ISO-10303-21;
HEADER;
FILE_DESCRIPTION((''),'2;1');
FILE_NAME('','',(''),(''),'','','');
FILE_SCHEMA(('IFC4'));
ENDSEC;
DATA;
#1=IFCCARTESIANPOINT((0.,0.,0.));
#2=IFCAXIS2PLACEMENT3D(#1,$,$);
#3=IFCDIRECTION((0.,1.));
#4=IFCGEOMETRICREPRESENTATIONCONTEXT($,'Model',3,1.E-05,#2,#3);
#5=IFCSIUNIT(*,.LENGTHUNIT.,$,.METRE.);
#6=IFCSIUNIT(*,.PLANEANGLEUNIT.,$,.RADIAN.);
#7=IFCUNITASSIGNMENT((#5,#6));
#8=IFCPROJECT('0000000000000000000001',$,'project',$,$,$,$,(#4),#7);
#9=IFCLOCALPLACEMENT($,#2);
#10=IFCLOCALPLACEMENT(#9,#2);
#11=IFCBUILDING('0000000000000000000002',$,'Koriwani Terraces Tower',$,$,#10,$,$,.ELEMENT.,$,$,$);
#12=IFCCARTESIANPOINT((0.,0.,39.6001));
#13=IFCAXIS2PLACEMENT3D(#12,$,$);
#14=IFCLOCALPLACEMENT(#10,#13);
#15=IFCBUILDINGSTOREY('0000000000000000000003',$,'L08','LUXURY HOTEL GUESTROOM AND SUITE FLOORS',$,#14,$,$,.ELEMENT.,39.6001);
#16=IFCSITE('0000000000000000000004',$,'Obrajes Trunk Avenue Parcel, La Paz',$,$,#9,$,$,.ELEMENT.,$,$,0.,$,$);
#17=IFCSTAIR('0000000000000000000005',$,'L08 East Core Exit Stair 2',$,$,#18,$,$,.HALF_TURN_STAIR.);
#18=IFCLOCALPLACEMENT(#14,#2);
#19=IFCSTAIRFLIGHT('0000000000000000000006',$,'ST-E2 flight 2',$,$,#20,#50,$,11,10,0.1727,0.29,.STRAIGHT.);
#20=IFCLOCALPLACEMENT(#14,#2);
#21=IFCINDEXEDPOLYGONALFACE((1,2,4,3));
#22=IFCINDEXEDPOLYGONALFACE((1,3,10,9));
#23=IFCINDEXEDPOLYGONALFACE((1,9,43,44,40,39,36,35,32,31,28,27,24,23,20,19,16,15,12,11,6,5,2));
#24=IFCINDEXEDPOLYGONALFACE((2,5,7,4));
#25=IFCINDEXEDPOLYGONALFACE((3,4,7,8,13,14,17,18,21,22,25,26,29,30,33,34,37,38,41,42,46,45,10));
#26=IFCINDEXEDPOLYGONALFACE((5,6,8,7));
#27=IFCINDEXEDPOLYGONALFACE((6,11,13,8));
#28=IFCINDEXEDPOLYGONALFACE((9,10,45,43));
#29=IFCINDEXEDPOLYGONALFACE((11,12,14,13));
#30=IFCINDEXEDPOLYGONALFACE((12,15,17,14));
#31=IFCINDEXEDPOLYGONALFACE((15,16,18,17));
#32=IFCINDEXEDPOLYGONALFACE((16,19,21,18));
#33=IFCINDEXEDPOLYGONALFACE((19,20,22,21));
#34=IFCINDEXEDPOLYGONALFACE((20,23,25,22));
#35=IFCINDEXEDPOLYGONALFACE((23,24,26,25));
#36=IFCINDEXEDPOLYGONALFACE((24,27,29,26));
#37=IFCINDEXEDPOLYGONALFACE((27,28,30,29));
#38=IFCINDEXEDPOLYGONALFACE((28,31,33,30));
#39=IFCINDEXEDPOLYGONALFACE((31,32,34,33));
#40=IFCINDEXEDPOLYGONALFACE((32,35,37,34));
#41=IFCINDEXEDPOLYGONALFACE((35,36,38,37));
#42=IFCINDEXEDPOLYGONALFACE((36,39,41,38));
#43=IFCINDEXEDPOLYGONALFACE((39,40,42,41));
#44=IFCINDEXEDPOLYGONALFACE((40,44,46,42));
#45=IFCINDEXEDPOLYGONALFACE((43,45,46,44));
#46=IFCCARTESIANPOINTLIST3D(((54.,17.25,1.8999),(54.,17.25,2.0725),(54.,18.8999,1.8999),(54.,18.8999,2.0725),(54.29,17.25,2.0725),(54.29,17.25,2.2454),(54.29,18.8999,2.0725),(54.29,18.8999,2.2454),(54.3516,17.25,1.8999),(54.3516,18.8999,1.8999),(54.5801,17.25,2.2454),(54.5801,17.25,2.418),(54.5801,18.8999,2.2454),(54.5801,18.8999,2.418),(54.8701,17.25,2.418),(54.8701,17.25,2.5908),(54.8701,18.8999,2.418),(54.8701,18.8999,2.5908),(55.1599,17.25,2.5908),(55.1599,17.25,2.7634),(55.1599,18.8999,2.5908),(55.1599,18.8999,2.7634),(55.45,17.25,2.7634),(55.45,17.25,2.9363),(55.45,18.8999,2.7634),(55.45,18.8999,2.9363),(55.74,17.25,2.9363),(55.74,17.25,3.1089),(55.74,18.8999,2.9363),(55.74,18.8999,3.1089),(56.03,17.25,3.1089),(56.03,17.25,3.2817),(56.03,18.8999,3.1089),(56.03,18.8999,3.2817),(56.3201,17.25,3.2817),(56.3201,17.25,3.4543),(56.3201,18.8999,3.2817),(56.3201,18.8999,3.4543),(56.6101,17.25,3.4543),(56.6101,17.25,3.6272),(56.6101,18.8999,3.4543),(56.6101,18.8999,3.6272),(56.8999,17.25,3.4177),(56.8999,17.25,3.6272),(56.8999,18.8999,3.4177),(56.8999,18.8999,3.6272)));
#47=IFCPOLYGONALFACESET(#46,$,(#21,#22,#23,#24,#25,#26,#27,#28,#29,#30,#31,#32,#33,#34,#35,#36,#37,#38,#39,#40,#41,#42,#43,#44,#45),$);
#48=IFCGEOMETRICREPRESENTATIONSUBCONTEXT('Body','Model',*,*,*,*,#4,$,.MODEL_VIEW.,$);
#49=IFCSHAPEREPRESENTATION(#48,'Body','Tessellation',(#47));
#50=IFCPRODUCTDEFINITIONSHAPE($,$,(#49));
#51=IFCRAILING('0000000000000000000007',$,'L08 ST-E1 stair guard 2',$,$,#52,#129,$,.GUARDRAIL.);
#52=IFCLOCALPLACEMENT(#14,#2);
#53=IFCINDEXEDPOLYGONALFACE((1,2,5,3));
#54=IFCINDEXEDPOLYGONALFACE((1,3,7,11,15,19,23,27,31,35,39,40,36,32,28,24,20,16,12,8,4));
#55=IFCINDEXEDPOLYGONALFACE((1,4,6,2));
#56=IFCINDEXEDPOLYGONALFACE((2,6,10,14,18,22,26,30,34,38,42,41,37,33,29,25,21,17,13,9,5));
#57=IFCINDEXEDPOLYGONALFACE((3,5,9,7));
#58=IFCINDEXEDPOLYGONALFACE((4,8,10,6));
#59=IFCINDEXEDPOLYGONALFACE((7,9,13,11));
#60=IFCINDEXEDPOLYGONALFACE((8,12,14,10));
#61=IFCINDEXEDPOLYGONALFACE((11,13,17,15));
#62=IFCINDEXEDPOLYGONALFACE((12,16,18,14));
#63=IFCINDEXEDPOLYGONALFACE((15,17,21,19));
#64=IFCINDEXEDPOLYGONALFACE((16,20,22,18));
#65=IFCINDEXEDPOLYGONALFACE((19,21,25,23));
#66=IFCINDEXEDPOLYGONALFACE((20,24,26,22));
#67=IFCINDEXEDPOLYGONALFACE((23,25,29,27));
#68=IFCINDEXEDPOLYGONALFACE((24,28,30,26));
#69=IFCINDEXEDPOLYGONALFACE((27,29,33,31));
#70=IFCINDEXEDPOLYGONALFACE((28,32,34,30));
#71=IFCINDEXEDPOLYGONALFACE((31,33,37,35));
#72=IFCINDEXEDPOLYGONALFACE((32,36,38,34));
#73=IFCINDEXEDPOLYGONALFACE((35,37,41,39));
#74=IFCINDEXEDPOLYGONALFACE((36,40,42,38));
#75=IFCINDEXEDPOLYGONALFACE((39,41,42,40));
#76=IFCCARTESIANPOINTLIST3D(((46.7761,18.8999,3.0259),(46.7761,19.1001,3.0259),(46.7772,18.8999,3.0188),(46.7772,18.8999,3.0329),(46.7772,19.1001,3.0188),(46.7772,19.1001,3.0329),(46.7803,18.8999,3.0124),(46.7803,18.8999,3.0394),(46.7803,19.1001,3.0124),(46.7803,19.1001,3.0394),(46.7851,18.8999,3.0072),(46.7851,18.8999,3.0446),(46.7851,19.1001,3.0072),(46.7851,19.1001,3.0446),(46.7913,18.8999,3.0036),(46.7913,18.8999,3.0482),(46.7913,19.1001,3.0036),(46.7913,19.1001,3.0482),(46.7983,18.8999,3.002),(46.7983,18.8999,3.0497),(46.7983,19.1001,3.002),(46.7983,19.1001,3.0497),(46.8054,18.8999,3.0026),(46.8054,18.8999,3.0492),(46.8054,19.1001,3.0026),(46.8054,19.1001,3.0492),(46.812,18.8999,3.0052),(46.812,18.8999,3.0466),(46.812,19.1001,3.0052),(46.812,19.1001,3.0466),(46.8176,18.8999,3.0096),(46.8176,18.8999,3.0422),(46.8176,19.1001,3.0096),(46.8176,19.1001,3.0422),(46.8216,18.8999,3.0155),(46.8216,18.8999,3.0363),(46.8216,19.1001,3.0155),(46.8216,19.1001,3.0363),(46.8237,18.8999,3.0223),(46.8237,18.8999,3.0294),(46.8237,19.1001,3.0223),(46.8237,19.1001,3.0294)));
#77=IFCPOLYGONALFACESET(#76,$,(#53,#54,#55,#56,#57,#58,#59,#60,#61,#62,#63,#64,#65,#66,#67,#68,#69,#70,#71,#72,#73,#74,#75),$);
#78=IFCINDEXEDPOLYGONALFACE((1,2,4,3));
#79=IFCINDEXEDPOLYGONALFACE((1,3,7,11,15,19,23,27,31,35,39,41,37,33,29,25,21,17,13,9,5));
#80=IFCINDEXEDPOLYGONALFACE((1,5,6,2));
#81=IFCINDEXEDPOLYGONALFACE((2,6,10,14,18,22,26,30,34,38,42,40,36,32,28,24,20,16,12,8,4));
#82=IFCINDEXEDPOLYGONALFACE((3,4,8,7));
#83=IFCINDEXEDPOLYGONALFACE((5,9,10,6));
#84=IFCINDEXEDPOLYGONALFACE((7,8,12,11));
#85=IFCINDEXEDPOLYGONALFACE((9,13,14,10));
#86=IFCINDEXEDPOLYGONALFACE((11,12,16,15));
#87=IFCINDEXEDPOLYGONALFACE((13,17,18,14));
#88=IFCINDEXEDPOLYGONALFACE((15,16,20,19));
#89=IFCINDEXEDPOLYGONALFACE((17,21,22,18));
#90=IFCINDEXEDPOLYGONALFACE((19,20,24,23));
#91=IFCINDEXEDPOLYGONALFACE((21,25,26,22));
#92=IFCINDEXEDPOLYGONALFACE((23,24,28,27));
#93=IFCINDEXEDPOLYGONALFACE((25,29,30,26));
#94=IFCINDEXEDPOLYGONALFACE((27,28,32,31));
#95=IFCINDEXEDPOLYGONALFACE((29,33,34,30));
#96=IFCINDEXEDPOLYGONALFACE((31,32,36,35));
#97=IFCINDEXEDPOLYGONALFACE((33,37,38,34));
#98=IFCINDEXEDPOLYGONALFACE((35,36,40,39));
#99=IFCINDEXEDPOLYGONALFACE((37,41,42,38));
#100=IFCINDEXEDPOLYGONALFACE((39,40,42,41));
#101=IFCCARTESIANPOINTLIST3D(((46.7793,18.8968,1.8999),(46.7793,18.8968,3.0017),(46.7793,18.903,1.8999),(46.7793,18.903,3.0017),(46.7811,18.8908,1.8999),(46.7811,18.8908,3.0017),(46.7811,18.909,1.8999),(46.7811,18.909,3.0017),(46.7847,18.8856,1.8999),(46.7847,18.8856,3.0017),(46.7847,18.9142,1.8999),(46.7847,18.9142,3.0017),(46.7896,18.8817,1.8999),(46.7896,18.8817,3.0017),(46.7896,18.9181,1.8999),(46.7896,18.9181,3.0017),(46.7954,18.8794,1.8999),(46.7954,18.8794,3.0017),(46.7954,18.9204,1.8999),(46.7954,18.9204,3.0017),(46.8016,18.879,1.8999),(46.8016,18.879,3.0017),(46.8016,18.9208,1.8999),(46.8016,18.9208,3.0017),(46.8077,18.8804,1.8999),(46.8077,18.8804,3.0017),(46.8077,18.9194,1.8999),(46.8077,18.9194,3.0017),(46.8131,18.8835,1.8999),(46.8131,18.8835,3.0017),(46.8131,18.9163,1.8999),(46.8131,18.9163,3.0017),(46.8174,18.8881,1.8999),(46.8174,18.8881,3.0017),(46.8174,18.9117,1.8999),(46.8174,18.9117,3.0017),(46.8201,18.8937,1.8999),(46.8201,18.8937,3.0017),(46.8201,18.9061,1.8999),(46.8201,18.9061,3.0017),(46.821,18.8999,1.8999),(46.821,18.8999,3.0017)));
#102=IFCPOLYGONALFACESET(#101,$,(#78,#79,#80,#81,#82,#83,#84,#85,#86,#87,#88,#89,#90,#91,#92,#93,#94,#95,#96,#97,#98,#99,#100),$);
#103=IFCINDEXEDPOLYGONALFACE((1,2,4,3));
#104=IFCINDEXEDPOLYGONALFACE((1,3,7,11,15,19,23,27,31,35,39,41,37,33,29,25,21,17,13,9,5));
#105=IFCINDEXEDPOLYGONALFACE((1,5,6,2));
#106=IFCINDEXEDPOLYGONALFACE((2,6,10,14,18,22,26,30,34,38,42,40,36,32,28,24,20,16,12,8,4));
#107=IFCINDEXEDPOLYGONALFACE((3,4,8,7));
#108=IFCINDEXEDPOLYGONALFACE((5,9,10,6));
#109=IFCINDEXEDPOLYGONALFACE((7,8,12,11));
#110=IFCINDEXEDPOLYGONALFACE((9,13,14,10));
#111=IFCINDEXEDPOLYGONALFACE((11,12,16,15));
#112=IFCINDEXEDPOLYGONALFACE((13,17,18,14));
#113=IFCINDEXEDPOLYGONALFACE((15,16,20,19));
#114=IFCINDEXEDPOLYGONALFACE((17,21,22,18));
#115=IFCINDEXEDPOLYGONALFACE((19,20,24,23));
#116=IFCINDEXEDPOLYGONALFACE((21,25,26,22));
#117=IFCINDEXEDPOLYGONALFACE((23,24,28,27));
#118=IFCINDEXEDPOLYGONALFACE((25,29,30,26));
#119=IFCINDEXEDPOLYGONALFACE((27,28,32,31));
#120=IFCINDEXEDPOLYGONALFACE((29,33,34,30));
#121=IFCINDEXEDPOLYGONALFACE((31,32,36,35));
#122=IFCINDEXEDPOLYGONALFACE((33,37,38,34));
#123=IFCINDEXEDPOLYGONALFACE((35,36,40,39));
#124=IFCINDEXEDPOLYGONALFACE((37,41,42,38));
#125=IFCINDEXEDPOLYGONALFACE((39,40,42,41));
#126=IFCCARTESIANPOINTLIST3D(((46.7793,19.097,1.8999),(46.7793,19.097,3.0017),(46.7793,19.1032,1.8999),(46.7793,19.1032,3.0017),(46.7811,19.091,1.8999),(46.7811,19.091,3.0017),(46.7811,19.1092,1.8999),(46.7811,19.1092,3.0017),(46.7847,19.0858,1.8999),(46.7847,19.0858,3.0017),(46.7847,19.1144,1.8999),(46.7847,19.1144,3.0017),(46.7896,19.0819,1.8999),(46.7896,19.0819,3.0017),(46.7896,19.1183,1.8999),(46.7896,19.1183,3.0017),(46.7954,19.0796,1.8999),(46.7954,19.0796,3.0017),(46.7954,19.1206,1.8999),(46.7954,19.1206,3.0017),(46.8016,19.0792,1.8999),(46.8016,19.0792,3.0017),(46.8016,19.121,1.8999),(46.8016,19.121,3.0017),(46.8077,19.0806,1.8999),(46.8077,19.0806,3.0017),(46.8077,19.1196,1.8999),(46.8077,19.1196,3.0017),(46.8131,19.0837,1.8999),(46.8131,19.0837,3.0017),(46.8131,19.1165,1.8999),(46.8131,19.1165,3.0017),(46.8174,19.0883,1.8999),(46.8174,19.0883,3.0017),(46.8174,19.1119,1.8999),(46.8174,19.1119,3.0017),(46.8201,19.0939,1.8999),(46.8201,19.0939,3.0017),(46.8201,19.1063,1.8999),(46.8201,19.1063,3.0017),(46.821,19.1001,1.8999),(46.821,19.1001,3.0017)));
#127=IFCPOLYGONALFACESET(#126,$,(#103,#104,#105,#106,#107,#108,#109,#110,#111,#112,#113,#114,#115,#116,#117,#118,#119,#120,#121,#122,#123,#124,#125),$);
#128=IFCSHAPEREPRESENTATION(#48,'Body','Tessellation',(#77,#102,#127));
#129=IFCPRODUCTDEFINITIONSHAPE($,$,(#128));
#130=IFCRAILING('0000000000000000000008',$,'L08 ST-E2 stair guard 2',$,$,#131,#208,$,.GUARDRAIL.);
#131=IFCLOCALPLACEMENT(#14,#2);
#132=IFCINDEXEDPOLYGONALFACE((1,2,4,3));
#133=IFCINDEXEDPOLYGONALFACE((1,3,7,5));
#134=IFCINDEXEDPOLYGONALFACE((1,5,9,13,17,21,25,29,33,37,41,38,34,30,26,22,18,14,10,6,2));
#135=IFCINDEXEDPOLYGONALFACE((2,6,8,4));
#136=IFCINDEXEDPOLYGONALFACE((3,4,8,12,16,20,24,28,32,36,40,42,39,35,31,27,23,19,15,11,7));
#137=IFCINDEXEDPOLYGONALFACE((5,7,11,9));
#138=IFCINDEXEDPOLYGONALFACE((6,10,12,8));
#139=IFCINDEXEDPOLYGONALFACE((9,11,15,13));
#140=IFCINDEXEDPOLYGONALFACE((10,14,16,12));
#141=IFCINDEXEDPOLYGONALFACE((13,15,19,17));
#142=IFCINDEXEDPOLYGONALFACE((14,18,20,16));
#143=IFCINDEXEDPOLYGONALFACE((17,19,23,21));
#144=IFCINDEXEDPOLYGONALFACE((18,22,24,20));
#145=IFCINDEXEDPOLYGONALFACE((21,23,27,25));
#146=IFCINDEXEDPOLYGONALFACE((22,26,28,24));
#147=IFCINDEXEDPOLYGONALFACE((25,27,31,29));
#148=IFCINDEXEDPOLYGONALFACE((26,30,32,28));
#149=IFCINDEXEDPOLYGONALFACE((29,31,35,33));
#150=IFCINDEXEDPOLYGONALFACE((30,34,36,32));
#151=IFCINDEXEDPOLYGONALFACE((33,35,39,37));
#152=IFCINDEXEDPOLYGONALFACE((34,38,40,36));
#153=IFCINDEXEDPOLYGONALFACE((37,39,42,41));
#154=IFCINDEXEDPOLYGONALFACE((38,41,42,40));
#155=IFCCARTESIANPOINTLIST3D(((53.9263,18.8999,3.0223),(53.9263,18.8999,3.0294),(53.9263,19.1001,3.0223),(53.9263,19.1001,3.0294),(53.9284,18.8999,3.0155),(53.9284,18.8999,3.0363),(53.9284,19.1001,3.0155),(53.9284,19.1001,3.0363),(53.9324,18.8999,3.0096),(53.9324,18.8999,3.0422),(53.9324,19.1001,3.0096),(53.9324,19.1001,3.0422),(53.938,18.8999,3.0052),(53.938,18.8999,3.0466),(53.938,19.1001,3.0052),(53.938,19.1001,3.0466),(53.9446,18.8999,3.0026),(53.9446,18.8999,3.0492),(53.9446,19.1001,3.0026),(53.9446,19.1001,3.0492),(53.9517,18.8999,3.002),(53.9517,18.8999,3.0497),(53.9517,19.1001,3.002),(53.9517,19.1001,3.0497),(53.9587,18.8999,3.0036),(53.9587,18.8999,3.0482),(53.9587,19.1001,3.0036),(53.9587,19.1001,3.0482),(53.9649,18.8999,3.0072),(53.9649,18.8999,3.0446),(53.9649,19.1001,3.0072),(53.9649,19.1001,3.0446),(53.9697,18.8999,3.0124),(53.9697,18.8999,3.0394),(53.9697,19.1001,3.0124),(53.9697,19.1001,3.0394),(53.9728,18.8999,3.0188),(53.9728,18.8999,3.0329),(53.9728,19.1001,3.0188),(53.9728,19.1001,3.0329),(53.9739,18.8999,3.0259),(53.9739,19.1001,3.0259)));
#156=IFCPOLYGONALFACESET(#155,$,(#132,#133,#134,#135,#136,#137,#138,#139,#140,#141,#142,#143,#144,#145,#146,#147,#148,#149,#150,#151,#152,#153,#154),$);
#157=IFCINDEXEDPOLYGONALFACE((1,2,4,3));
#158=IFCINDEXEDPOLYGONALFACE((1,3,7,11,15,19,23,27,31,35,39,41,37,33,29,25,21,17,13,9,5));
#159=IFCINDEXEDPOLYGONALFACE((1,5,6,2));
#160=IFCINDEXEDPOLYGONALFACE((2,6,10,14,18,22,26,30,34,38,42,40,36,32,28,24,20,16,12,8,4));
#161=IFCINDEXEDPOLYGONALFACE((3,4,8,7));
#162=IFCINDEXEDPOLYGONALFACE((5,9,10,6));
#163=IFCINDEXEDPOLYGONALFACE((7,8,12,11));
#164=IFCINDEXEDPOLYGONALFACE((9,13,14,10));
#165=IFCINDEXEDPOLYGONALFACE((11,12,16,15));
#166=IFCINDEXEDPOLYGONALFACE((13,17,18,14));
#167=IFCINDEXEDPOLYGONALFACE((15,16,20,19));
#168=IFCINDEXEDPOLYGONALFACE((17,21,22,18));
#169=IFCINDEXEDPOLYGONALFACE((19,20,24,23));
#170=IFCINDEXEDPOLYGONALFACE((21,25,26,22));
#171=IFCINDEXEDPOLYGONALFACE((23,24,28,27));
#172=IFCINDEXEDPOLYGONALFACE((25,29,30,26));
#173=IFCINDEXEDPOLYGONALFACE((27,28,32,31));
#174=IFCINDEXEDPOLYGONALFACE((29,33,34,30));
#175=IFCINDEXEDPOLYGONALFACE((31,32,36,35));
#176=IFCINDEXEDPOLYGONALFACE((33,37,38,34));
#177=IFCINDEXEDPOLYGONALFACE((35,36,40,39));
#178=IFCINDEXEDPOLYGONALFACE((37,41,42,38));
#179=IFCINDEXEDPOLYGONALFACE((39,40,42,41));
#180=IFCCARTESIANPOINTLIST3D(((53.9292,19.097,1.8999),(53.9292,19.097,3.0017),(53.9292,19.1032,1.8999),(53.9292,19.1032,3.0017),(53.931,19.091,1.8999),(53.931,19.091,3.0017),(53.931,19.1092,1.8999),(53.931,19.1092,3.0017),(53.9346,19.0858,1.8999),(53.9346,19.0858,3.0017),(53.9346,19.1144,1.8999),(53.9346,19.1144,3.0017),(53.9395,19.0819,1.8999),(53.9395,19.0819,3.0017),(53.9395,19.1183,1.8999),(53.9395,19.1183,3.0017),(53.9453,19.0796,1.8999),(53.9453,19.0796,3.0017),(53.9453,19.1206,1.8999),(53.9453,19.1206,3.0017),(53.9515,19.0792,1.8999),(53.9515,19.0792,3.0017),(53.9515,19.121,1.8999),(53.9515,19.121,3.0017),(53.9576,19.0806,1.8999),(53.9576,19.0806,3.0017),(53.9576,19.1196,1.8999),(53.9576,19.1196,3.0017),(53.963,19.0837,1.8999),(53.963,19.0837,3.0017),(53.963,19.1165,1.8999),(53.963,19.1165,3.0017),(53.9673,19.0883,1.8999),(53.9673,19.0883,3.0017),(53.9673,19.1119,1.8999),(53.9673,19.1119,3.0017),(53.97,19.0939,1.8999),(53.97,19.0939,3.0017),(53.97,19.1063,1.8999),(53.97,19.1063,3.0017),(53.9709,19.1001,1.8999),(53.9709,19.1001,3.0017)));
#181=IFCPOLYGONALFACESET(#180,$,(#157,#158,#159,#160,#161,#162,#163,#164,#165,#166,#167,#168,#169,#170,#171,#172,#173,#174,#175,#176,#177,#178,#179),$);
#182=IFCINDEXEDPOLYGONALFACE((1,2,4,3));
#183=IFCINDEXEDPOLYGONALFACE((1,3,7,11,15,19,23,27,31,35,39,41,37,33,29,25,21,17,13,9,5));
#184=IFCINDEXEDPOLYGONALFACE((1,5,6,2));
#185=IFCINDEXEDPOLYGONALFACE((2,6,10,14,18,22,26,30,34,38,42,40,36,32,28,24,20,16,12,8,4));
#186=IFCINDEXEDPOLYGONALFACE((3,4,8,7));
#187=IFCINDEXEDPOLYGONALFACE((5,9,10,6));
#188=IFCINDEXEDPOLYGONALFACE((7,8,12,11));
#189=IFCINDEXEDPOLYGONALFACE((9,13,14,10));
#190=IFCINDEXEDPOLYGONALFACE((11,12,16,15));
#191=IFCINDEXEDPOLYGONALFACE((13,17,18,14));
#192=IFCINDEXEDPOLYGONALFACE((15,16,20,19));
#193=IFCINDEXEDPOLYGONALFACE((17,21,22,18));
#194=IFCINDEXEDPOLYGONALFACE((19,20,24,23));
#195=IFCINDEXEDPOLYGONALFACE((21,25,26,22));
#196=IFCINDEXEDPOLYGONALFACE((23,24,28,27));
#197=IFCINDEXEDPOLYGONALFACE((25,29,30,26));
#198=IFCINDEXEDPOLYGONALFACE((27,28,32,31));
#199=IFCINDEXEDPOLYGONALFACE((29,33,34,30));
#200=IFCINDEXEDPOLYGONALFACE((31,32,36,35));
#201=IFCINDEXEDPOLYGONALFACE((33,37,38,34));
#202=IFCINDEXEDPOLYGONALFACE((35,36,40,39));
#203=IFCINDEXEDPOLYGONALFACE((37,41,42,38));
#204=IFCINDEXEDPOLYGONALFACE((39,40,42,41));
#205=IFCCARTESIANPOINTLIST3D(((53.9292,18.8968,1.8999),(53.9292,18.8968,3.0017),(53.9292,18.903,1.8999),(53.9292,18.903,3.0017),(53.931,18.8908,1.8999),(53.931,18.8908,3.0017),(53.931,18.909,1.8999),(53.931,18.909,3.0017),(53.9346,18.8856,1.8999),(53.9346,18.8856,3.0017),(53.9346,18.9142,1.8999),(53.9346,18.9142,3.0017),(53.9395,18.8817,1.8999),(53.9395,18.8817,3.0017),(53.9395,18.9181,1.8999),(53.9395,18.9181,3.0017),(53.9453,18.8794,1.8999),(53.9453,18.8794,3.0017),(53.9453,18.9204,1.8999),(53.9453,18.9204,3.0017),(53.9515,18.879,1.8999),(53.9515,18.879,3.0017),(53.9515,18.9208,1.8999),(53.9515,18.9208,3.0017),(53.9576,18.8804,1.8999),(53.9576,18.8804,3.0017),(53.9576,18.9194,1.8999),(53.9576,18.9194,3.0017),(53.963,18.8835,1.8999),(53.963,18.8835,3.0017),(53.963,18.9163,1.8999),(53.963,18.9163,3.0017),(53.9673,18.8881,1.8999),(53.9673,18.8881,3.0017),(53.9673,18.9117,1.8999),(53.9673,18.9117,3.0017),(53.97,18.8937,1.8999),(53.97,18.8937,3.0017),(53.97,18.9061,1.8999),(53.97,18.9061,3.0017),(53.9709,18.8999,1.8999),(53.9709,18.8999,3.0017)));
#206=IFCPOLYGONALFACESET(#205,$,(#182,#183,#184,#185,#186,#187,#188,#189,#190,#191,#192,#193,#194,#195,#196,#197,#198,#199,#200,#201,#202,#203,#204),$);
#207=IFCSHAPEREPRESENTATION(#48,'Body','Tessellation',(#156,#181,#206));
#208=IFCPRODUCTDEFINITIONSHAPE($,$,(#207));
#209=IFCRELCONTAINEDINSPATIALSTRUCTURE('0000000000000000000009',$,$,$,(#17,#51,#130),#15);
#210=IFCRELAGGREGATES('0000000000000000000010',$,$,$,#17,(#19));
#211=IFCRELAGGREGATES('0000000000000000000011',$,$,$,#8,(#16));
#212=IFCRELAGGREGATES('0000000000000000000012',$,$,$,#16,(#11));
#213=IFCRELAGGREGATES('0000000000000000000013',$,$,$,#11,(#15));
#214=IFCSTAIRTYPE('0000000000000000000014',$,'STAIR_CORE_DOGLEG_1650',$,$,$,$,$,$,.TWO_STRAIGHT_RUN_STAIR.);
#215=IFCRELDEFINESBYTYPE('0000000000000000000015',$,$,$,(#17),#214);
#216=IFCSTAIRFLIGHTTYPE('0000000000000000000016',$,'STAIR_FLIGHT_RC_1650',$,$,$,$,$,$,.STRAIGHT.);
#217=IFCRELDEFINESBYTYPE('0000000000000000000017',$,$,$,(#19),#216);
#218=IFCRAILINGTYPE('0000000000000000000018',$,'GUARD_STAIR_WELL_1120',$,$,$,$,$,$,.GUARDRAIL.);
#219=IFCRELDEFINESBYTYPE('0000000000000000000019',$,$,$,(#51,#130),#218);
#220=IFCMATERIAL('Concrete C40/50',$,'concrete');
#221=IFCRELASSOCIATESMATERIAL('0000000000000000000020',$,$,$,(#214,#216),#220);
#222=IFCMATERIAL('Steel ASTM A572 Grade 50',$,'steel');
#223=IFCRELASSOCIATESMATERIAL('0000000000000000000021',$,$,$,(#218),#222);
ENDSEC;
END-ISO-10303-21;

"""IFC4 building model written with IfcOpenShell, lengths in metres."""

from ifc_helpers import new_model, si_unit, direction, frame, origin, origin_2d, place, context, subcontext, project, spatial, polyline, circle, outline, extrude, material, type_object, element, aggregate, save


model = new_model("IFC4")

# Units and contexts
model_context = context("Model", 3, precision=1e-05, world=origin(), true_north=direction((0.0, 1.0)))
body_context = subcontext(model_context, "Body", "Model", "MODEL_VIEW")
ifc_project = project(units=[si_unit("LENGTHUNIT", "METRE"), si_unit("PLANEANGLEUNIT", "RADIAN")], contexts=[model_context])

# Site, building, storey
site_placement = place(None, origin())
site = spatial("IfcSite", under=ifc_project, at=site_placement, Name="Obrajes Trunk Avenue Parcel, La Paz", CompositionType="ELEMENT", RefElevation=0.0)
building_placement = place(site_placement, origin())
building = spatial("IfcBuilding", under=site, at=building_placement, Name="Koriwani Terraces Tower", CompositionType="ELEMENT")
storey_placement = place(building_placement, frame((0.0, 0.0, 39.6001)))
storey = spatial("IfcBuildingStorey", under=building, at=storey_placement, Name="L08", Description="LUXURY HOTEL GUESTROOM AND SUITE FLOORS", CompositionType="ELEMENT", Elevation=39.6001)

# Shared definitions
ifc_material_1 = material(Name="Concrete C40/50", Category="concrete")

# Shared definitions
ifc_material_2 = material(Name="Steel ASTM A572 Grade 50", Category="steel")

# Stair, stair flight
stair_type = type_object("IfcStairType", Name="STAIR_CORE_DOGLEG_1650", PredefinedType="TWO_STRAIGHT_RUN_STAIR", material=ifc_material_1)
stair_placement = place(storey_placement, origin())
stair = element("IfcStair", 1, at=stair_placement, inside=storey, type_object=stair_type, Name="L08 East Core Exit Stair 2", PredefinedType="HALF_TURN_STAIR")
stair_flight_type = type_object("IfcStairFlightType", Name="STAIR_FLIGHT_RC_1650", PredefinedType="STRAIGHT", material=ifc_material_1)
stair_flight_placement = place(storey_placement, frame((54.0, 18.075, 1.8999), z_axis=(0.0, 0.0, 1.0), x_axis=(1.0, 0.0, 0.0)))
stair_flight = element("IfcStairFlight", 2, at=stair_flight_placement, type_object=stair_flight_type, Name="ST-E2 flight 2", NumberOfRisers=11, NumberOfTreads=10, PredefinedType="STRAIGHT", RiserHeight=0.1727, TreadLength=0.29, context=body_context, shape_type="SweptSolid", body=[
    extrude(outline(polyline([(0.0, 0.0), (0.0, 0.1726), (0.29, 0.1726), (0.29, 0.3455), (0.5801, 0.3455), (0.5801, 0.5181), (0.8701, 0.5181), (0.8701, 0.6909), (1.1599, 0.6909), (1.1599, 0.8635), (1.45, 0.8635), (1.45, 1.0364), (1.74, 1.0364), (1.74, 1.209), (2.03, 1.209), (2.03, 1.3818), (2.3201, 1.3818), (2.3201, 1.5544), (2.6101, 1.5544), (2.6101, 1.7273), (2.8999, 1.7273), (2.8999, 1.8999), (2.8999, 1.5178), (0.3516, 0.0), (0.0, 0.0)])), frame((0.0, 0.825, 0.0), z_axis=(0.0, -1.0, 0.0), x_axis=(1.0, 0.0, 0.0)), (0.0, 0.0, 1.0), 1.6499),
])
aggregate(stair, [stair_flight])

# Railings
railing_type_1 = type_object("IfcRailingType", Name="GUARD_STAIR_WELL_1120", PredefinedType="GUARDRAIL", material=ifc_material_2)
railing_1_placement = place(storey_placement, frame((46.8, 18.8999, 1.8999)))
element("IfcRailing", 3, at=railing_1_placement, inside=storey, type_object=railing_type_1, Name="L08 ST-E1 stair guard 2", PredefinedType="GUARDRAIL", context=body_context, shape_type="SweptSolid", body=[
    extrude(circle(Radius=0.0239, at=origin_2d()), frame((0.0, 0.0, 1.126), z_axis=(0.0, 1.0, 0.0), x_axis=(-1.0, 0.0, 0.0)), (0.0, 0.0, 1.0), 0.2002),
    extrude(circle(Radius=0.021, at=origin_2d()), origin(), (0.0, 0.0, 1.0), 1.1018),
    extrude(circle(Radius=0.021, at=origin_2d()), frame((0.0, 0.2002, 0.0)), (0.0, 0.0, 1.0), 1.1018),
])
railing_2_placement = place(storey_placement, frame((53.95, 19.1001, 1.8999)))
element("IfcRailing", 4, at=railing_2_placement, inside=storey, type_object=railing_type_1, Name="L08 ST-E2 stair guard 2", PredefinedType="GUARDRAIL", context=body_context, shape_type="SweptSolid", body=[
    extrude(circle(Radius=0.0239, at=origin_2d()), frame((0.0, 0.0, 1.126), z_axis=(0.0, -1.0, 0.0), x_axis=(1.0, 0.0, 0.0)), (0.0, 0.0, 1.0), 0.2002),
    extrude(circle(Radius=0.021, at=origin_2d()), origin(), (0.0, 0.0, 1.0), 1.1018),
    extrude(circle(Radius=0.021, at=origin_2d()), frame((0.0, -0.2002, 0.0)), (0.0, 0.0, 1.0), 1.1018),
])

save(model, "model.ifc")
